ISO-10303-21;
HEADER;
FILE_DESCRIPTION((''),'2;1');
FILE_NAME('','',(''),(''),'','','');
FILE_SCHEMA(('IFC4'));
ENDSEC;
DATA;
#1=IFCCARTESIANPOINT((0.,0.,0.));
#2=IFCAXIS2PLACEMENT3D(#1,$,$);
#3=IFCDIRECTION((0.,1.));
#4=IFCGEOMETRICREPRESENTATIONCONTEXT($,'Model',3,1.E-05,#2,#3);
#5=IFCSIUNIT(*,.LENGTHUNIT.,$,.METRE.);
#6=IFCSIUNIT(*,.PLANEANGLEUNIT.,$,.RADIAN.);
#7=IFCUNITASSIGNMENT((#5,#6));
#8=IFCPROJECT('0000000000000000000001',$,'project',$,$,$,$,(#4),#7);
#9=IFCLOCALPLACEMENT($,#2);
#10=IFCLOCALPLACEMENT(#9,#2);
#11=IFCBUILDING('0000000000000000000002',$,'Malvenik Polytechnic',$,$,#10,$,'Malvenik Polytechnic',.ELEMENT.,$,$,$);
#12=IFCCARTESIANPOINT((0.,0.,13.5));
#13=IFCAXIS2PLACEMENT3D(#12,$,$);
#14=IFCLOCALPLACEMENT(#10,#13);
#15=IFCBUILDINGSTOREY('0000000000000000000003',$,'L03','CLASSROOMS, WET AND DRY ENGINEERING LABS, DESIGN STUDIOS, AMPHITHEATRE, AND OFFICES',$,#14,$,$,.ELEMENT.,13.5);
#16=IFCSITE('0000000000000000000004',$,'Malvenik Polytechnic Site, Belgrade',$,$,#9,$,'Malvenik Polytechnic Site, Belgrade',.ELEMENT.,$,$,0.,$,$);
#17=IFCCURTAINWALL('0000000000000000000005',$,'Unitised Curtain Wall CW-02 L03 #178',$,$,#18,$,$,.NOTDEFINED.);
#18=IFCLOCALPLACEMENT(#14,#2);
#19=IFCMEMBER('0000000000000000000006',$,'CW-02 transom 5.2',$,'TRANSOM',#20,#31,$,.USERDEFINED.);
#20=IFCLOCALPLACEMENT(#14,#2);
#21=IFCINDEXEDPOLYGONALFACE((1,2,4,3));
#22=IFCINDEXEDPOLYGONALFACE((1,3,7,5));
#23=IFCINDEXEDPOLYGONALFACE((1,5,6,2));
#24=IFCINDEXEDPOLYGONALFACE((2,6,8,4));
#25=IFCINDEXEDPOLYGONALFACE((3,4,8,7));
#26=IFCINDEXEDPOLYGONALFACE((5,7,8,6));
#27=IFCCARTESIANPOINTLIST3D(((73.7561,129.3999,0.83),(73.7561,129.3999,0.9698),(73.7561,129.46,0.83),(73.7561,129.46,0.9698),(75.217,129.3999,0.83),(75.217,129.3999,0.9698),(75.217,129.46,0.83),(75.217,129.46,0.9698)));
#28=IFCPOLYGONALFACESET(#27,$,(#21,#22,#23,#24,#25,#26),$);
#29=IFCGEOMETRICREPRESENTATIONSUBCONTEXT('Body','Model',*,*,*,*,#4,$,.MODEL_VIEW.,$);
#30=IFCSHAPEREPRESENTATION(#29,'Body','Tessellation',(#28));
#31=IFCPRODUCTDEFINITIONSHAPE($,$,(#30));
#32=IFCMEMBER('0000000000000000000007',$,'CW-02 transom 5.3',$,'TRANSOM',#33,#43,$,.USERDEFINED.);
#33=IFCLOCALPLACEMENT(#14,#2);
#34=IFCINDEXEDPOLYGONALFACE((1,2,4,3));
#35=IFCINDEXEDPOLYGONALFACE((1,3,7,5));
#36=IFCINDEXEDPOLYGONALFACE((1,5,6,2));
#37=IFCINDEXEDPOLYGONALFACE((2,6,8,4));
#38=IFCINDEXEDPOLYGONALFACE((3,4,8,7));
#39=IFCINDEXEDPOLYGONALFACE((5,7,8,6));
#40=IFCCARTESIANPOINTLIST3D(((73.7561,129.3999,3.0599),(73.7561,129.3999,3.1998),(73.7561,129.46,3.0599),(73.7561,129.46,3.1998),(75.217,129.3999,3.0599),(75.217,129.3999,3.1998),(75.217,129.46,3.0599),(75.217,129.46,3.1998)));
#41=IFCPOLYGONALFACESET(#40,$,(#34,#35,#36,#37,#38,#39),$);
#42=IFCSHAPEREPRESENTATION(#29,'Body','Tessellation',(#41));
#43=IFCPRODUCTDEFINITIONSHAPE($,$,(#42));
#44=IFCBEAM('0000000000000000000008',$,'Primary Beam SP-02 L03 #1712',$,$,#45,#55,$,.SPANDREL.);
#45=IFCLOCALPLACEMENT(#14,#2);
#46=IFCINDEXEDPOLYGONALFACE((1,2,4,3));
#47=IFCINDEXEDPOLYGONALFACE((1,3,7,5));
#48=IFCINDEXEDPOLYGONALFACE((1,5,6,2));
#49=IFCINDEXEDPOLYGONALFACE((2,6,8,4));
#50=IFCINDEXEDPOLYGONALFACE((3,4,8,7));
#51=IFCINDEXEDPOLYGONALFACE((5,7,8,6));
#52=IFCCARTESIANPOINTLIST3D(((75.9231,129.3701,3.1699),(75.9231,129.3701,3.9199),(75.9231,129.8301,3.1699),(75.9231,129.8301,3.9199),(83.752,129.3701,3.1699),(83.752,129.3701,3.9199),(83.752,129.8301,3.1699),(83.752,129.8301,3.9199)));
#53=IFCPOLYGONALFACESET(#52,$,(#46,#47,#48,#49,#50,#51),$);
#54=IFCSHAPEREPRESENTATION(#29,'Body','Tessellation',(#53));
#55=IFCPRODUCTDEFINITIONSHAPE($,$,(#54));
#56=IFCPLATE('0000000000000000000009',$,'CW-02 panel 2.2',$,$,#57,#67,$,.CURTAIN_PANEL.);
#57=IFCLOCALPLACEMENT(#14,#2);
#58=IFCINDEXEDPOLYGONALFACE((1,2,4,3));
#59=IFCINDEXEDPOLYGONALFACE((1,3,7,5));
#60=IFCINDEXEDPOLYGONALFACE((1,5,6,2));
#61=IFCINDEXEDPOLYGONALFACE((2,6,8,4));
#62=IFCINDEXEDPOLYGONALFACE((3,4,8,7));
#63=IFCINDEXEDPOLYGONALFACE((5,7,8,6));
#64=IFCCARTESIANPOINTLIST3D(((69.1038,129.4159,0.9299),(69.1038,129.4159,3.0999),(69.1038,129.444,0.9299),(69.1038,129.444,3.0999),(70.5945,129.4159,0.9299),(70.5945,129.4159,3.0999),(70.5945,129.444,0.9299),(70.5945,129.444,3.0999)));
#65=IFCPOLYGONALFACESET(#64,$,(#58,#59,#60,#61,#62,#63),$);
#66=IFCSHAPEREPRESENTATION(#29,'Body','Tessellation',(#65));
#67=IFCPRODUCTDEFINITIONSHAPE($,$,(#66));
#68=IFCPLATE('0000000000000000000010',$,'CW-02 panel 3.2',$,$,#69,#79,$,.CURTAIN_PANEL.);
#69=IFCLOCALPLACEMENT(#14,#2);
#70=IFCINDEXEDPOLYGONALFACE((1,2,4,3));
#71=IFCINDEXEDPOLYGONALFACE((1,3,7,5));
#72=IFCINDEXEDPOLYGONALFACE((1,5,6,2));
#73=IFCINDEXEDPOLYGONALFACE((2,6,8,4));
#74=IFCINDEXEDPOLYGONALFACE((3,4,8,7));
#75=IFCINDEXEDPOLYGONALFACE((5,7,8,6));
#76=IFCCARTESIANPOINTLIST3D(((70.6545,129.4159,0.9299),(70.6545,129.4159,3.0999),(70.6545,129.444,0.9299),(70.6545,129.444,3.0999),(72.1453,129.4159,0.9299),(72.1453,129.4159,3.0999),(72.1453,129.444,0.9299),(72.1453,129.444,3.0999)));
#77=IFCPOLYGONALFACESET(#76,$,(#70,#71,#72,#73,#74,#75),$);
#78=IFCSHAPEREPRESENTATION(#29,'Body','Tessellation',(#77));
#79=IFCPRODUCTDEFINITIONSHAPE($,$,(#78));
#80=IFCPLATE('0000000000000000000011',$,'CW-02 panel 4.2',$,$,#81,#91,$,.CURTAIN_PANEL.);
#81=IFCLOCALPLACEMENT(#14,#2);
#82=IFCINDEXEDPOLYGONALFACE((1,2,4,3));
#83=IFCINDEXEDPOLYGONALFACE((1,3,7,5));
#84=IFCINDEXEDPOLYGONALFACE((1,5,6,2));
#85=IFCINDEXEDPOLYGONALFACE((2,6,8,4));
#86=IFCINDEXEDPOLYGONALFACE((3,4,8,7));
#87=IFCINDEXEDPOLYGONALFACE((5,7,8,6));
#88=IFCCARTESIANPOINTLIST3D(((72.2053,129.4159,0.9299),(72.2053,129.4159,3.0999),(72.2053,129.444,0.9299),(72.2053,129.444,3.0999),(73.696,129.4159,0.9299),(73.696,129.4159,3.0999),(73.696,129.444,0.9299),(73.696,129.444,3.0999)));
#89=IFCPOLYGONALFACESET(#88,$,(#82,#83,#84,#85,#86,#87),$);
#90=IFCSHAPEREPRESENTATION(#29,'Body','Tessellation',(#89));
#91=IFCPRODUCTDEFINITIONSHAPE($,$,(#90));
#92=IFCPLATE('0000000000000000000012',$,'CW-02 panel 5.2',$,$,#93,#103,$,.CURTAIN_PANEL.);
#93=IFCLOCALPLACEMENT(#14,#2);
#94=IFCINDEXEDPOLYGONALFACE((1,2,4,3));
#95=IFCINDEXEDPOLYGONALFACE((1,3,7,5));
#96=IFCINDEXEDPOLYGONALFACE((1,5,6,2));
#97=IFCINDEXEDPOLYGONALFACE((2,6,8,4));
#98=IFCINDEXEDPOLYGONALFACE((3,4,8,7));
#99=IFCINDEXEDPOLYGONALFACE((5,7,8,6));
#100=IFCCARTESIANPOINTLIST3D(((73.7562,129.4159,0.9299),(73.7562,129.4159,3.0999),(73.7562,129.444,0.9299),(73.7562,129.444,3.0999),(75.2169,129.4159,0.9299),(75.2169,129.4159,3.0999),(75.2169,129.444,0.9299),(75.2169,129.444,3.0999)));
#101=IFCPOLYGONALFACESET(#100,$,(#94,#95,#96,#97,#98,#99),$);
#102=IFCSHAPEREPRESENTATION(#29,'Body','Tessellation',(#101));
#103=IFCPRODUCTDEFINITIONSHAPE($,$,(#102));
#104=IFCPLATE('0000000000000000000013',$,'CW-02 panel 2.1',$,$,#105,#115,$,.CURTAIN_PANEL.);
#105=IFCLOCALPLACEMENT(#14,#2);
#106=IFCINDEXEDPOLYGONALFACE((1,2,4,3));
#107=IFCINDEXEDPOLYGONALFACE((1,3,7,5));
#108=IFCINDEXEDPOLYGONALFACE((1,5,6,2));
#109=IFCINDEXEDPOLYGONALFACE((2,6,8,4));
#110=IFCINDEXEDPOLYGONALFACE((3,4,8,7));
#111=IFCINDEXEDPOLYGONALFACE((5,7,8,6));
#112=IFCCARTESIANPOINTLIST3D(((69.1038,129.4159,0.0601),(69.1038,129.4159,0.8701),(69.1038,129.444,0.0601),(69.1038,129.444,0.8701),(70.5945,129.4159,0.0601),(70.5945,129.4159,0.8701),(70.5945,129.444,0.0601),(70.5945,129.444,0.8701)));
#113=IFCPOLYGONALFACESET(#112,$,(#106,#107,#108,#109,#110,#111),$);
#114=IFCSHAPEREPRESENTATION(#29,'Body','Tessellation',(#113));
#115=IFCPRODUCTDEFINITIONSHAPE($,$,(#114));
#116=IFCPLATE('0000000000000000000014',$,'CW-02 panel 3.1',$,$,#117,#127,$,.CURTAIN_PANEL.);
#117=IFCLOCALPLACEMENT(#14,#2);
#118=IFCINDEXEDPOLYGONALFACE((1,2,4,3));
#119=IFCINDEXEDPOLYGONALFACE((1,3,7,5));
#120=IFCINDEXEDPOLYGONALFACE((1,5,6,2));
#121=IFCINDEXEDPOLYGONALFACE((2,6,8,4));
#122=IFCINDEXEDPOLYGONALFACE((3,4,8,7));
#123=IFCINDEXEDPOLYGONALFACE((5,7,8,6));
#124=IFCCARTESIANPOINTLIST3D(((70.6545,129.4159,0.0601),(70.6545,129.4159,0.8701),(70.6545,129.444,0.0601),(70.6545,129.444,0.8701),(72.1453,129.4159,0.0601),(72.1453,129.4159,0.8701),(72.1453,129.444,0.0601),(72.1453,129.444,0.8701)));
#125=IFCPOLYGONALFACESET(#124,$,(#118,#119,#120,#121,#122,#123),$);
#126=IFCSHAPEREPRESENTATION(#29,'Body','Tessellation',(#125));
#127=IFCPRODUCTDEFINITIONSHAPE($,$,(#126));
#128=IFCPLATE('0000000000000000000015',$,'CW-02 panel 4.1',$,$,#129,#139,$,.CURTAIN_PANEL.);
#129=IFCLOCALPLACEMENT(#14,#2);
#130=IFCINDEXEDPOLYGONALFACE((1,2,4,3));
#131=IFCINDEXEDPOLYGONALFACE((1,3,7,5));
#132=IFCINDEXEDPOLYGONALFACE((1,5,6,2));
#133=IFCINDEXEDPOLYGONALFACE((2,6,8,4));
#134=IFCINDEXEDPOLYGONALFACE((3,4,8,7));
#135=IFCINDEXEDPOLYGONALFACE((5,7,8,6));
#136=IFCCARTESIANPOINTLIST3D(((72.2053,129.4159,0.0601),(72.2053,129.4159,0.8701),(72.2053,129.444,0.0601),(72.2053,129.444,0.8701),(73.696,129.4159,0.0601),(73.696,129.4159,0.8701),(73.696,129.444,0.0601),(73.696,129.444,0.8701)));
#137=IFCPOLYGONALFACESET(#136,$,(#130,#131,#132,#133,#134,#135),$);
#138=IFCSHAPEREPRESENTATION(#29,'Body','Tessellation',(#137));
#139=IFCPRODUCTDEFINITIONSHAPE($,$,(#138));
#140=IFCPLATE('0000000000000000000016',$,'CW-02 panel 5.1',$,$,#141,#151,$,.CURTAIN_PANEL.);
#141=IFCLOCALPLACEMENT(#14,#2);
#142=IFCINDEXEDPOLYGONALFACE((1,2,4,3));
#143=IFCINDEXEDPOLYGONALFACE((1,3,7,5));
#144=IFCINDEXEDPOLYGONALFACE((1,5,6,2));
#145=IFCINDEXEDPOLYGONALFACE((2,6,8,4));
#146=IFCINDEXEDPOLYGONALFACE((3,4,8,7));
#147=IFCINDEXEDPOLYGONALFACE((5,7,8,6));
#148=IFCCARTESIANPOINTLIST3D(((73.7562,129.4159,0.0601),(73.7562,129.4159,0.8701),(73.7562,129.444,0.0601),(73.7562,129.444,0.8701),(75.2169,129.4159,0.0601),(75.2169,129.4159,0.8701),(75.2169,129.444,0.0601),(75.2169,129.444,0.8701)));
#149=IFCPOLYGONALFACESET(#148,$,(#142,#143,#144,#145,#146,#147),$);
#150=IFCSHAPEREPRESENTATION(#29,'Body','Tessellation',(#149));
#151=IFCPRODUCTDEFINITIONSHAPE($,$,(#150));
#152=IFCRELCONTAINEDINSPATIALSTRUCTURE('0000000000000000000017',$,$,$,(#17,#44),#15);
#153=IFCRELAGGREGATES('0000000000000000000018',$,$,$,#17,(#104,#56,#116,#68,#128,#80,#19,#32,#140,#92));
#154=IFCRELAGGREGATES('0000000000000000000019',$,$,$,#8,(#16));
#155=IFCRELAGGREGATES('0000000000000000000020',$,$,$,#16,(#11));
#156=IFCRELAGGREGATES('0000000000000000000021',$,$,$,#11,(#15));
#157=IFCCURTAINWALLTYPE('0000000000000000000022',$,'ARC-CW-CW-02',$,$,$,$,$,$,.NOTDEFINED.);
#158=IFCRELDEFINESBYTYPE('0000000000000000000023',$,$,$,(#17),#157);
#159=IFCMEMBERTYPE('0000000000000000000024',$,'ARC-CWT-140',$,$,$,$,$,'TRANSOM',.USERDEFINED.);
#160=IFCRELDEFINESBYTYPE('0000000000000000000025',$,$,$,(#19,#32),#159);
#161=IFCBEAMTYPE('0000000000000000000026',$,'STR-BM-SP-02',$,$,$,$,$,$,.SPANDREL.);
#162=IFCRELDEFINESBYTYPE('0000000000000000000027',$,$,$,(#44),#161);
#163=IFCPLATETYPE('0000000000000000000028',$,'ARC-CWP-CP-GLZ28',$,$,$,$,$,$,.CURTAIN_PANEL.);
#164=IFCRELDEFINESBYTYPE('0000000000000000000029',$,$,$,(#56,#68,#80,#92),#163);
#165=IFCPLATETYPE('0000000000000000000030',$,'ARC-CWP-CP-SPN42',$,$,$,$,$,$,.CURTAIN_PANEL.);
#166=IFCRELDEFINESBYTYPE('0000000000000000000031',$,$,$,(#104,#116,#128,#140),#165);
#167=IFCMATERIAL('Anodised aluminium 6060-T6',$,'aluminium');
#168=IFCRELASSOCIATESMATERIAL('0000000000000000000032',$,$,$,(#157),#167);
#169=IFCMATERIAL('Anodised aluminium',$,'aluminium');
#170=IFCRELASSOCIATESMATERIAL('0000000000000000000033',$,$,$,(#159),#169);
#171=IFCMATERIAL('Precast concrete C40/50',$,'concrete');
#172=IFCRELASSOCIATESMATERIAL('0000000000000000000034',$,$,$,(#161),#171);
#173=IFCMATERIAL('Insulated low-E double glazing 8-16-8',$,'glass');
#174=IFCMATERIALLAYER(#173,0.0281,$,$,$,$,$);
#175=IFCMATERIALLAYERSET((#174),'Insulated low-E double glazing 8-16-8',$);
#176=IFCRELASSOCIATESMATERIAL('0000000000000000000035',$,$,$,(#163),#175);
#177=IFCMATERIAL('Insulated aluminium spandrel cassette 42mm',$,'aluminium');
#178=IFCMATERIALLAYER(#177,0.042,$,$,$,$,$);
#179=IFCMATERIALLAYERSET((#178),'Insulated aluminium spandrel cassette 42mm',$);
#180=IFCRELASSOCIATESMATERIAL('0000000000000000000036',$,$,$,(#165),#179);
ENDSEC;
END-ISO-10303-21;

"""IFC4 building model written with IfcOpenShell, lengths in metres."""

from ifc_helpers import new_model, si_unit, direction, frame, origin, origin_2d, place, context, subcontext, project, spatial, rectangle, extrude, material, layer, layer_set, material_profile, profile_set, type_object, element, aggregate, save


model = new_model("IFC4")

# Units and contexts
model_context = context("Model", 3, precision=1e-05, world=origin(), true_north=direction((0.0, 1.0)))
body_context = subcontext(model_context, "Body", "Model", "MODEL_VIEW")
ifc_project = project(units=[si_unit("LENGTHUNIT", "METRE"), si_unit("PLANEANGLEUNIT", "RADIAN")], contexts=[model_context])

# Site, building, storey
site_placement = place(None, origin())
site = spatial("IfcSite", under=ifc_project, at=site_placement, Name="Malvenik Polytechnic Site, Belgrade", LongName="Malvenik Polytechnic Site, Belgrade", CompositionType="ELEMENT", RefElevation=0.0)
building_placement = place(site_placement, origin())
building = spatial("IfcBuilding", under=site, at=building_placement, Name="Malvenik Polytechnic", LongName="Malvenik Polytechnic", CompositionType="ELEMENT")
storey_placement = place(building_placement, frame((0.0, 0.0, 13.5)))
storey = spatial("IfcBuildingStorey", under=building, at=storey_placement, Name="L03", Description="CLASSROOMS, WET AND DRY ENGINEERING LABS, DESIGN STUDIOS, AMPHITHEATRE, AND OFFICES", CompositionType="ELEMENT", Elevation=13.5)

# Curtain wall, members
ifc_material_1 = material(Name="Anodised aluminium 6060-T6", Category="aluminium")
curtain_wall_type = type_object("IfcCurtainWallType", Name="ARC-CW-CW-02", PredefinedType="NOTDEFINED", material=ifc_material_1)
curtain_wall_placement = place(storey_placement, origin())
curtain_wall = element("IfcCurtainWall", 1, at=curtain_wall_placement, inside=storey, type_object=curtain_wall_type, Name="Unitised Curtain Wall CW-02 L03 #178", PredefinedType="NOTDEFINED")
ifc_material_2 = material(Name="Anodised aluminium", Category="aluminium")
ifc_material_profile_1 = material_profile(ifc_material_2, rectangle(XDim=0.0601, YDim=0.1399, at=origin_2d()), Name="ALU TRANSOM 60x140")
ifc_profile_set_1 = profile_set([ifc_material_profile_1], Name="Anodised aluminium")
member_type_1 = type_object("IfcMemberType", Name="ARC-CWT-140", ElementType="TRANSOM", PredefinedType="USERDEFINED", material=ifc_profile_set_1)
member_1_placement = place(storey_placement, frame((73.7561, 129.4299, 0.8999), z_axis=(1.0, 0.0, 0.0), x_axis=(0.0, 1.0, 0.0)))
member_1 = element("IfcMember", 2, at=member_1_placement, type_object=member_type_1, Name="CW-02 transom 5.2", ObjectType="TRANSOM", PredefinedType="USERDEFINED", context=body_context, shape_type="SweptSolid", body=[
    extrude(rectangle(XDim=0.0601, YDim=0.1399, at=origin_2d()), origin(), (0.0, 0.0, 1.0), 1.4609),
])
member_2_placement = place(storey_placement, frame((73.7561, 129.4299, 3.1299), z_axis=(1.0, 0.0, 0.0), x_axis=(0.0, 1.0, 0.0)))
member_2 = element("IfcMember", 3, at=member_2_placement, type_object=member_type_1, Name="CW-02 transom 5.3", ObjectType="TRANSOM", PredefinedType="USERDEFINED", context=body_context, shape_type="SweptSolid", body=[
    extrude(rectangle(XDim=0.0601, YDim=0.1399, at=origin_2d()), origin(), (0.0, 0.0, 1.0), 1.4609),
])

# Beam
ifc_material_3 = material(Name="Precast concrete C40/50", Category="concrete")
ifc_material_profile_2 = material_profile(ifc_material_3, rectangle(XDim=0.46, YDim=0.75, at=origin_2d()), Name="PC SPN 460x750")
ifc_profile_set_2 = profile_set([ifc_material_profile_2], Name="Precast concrete C40/50")
beam_type = type_object("IfcBeamType", Name="STR-BM-SP-02", PredefinedType="SPANDREL", material=ifc_profile_set_2)
beam_placement = place(storey_placement, frame((75.9231, 129.6001, 3.5449), z_axis=(1.0, 0.0, 0.0), x_axis=(0.0, 1.0, 0.0)))
element("IfcBeam", 4, at=beam_placement, inside=storey, type_object=beam_type, Name="Primary Beam SP-02 L03 #1712", PredefinedType="SPANDREL", context=body_context, shape_type="SweptSolid", body=[
    extrude(rectangle(XDim=0.46, YDim=0.75, at=origin_2d()), origin(), (0.0, 0.0, 1.0), 7.8289),
])

# Plates
ifc_material_4 = material(Name="Insulated low-E double glazing 8-16-8", Category="glass")
ifc_layer_1 = layer(ifc_material_4, 0.0281)
ifc_layer_set_1 = layer_set([ifc_layer_1], Name="Insulated low-E double glazing 8-16-8")
plate_type_1 = type_object("IfcPlateType", Name="ARC-CWP-CP-GLZ28", PredefinedType="CURTAIN_PANEL", material=ifc_layer_set_1)
plate_1_placement = place(storey_placement, frame((69.8491, 129.4299, 0.9299), z_axis=(0.0, 0.0, 1.0), x_axis=(1.0, 0.0, 0.0)))
plate_1 = element("IfcPlate", 5, at=plate_1_placement, type_object=plate_type_1, Name="CW-02 panel 2.2", PredefinedType="CURTAIN_PANEL", context=body_context, shape_type="SweptSolid", body=[
    extrude(rectangle(XDim=1.4907, YDim=0.0281, at=origin_2d()), origin(), (0.0, 0.0, 1.0), 2.1699),
])
plate_2_placement = place(storey_placement, frame((71.3999, 129.4299, 0.9299), z_axis=(0.0, 0.0, 1.0), x_axis=(1.0, 0.0, 0.0)))
plate_2 = element("IfcPlate", 6, at=plate_2_placement, type_object=plate_type_1, Name="CW-02 panel 3.2", PredefinedType="CURTAIN_PANEL", context=body_context, shape_type="SweptSolid", body=[
    extrude(rectangle(XDim=1.4907, YDim=0.0281, at=origin_2d()), origin(), (0.0, 0.0, 1.0), 2.1699),
])
plate_3_placement = place(storey_placement, frame((72.9507, 129.4299, 0.9299), z_axis=(0.0, 0.0, 1.0), x_axis=(1.0, 0.0, 0.0)))
plate_3 = element("IfcPlate", 7, at=plate_3_placement, type_object=plate_type_1, Name="CW-02 panel 4.2", PredefinedType="CURTAIN_PANEL", context=body_context, shape_type="SweptSolid", body=[
    extrude(rectangle(XDim=1.4907, YDim=0.0281, at=origin_2d()), origin(), (0.0, 0.0, 1.0), 2.1699),
])
plate_4_placement = place(storey_placement, frame((74.4866, 129.4299, 0.9299), z_axis=(0.0, 0.0, 1.0), x_axis=(1.0, 0.0, 0.0)))
plate_4 = element("IfcPlate", 8, at=plate_4_placement, type_object=plate_type_1, Name="CW-02 panel 5.2", PredefinedType="CURTAIN_PANEL", context=body_context, shape_type="SweptSolid", body=[
    extrude(rectangle(XDim=1.4607, YDim=0.0281, at=origin_2d()), origin(), (0.0, 0.0, 1.0), 2.1699),
])
ifc_material_5 = material(Name="Insulated aluminium spandrel cassette 42mm", Category="aluminium")
ifc_layer_2 = layer(ifc_material_5, 0.042)
ifc_layer_set_2 = layer_set([ifc_layer_2], Name="Insulated aluminium spandrel cassette 42mm")
plate_type_2 = type_object("IfcPlateType", Name="ARC-CWP-CP-SPN42", PredefinedType="CURTAIN_PANEL", material=ifc_layer_set_2)
plate_5_placement = place(storey_placement, frame((69.8491, 129.4299, 0.0601), z_axis=(0.0, 0.0, 1.0), x_axis=(1.0, 0.0, 0.0)))
plate_5 = element("IfcPlate", 9, at=plate_5_placement, type_object=plate_type_2, Name="CW-02 panel 2.1", PredefinedType="CURTAIN_PANEL", context=body_context, shape_type="SweptSolid", body=[
    extrude(rectangle(XDim=1.4907, YDim=0.0281, at=origin_2d()), origin(), (0.0, 0.0, 1.0), 0.8101),
])
plate_6_placement = place(storey_placement, frame((71.3999, 129.4299, 0.0601), z_axis=(0.0, 0.0, 1.0), x_axis=(1.0, 0.0, 0.0)))
plate_6 = element("IfcPlate", 10, at=plate_6_placement, type_object=plate_type_2, Name="CW-02 panel 3.1", PredefinedType="CURTAIN_PANEL", context=body_context, shape_type="SweptSolid", body=[
    extrude(rectangle(XDim=1.4907, YDim=0.0281, at=origin_2d()), origin(), (0.0, 0.0, 1.0), 0.8101),
])
plate_7_placement = place(storey_placement, frame((72.9507, 129.4299, 0.0601), z_axis=(0.0, 0.0, 1.0), x_axis=(1.0, 0.0, 0.0)))
plate_7 = element("IfcPlate", 11, at=plate_7_placement, type_object=plate_type_2, Name="CW-02 panel 4.1", PredefinedType="CURTAIN_PANEL", context=body_context, shape_type="SweptSolid", body=[
    extrude(rectangle(XDim=1.4907, YDim=0.0281, at=origin_2d()), origin(), (0.0, 0.0, 1.0), 0.8101),
])
plate_8_placement = place(storey_placement, frame((74.4866, 129.4299, 0.0601), z_axis=(0.0, 0.0, 1.0), x_axis=(1.0, 0.0, 0.0)))
plate_8 = element("IfcPlate", 12, at=plate_8_placement, type_object=plate_type_2, Name="CW-02 panel 5.1", PredefinedType="CURTAIN_PANEL", context=body_context, shape_type="SweptSolid", body=[
    extrude(rectangle(XDim=1.4607, YDim=0.0281, at=origin_2d()), origin(), (0.0, 0.0, 1.0), 0.8101),
])
aggregate(curtain_wall, [plate_5, plate_1, plate_6, plate_2, plate_7, plate_3, member_1, member_2, plate_8, plate_4])

save(model, "model.ifc")
